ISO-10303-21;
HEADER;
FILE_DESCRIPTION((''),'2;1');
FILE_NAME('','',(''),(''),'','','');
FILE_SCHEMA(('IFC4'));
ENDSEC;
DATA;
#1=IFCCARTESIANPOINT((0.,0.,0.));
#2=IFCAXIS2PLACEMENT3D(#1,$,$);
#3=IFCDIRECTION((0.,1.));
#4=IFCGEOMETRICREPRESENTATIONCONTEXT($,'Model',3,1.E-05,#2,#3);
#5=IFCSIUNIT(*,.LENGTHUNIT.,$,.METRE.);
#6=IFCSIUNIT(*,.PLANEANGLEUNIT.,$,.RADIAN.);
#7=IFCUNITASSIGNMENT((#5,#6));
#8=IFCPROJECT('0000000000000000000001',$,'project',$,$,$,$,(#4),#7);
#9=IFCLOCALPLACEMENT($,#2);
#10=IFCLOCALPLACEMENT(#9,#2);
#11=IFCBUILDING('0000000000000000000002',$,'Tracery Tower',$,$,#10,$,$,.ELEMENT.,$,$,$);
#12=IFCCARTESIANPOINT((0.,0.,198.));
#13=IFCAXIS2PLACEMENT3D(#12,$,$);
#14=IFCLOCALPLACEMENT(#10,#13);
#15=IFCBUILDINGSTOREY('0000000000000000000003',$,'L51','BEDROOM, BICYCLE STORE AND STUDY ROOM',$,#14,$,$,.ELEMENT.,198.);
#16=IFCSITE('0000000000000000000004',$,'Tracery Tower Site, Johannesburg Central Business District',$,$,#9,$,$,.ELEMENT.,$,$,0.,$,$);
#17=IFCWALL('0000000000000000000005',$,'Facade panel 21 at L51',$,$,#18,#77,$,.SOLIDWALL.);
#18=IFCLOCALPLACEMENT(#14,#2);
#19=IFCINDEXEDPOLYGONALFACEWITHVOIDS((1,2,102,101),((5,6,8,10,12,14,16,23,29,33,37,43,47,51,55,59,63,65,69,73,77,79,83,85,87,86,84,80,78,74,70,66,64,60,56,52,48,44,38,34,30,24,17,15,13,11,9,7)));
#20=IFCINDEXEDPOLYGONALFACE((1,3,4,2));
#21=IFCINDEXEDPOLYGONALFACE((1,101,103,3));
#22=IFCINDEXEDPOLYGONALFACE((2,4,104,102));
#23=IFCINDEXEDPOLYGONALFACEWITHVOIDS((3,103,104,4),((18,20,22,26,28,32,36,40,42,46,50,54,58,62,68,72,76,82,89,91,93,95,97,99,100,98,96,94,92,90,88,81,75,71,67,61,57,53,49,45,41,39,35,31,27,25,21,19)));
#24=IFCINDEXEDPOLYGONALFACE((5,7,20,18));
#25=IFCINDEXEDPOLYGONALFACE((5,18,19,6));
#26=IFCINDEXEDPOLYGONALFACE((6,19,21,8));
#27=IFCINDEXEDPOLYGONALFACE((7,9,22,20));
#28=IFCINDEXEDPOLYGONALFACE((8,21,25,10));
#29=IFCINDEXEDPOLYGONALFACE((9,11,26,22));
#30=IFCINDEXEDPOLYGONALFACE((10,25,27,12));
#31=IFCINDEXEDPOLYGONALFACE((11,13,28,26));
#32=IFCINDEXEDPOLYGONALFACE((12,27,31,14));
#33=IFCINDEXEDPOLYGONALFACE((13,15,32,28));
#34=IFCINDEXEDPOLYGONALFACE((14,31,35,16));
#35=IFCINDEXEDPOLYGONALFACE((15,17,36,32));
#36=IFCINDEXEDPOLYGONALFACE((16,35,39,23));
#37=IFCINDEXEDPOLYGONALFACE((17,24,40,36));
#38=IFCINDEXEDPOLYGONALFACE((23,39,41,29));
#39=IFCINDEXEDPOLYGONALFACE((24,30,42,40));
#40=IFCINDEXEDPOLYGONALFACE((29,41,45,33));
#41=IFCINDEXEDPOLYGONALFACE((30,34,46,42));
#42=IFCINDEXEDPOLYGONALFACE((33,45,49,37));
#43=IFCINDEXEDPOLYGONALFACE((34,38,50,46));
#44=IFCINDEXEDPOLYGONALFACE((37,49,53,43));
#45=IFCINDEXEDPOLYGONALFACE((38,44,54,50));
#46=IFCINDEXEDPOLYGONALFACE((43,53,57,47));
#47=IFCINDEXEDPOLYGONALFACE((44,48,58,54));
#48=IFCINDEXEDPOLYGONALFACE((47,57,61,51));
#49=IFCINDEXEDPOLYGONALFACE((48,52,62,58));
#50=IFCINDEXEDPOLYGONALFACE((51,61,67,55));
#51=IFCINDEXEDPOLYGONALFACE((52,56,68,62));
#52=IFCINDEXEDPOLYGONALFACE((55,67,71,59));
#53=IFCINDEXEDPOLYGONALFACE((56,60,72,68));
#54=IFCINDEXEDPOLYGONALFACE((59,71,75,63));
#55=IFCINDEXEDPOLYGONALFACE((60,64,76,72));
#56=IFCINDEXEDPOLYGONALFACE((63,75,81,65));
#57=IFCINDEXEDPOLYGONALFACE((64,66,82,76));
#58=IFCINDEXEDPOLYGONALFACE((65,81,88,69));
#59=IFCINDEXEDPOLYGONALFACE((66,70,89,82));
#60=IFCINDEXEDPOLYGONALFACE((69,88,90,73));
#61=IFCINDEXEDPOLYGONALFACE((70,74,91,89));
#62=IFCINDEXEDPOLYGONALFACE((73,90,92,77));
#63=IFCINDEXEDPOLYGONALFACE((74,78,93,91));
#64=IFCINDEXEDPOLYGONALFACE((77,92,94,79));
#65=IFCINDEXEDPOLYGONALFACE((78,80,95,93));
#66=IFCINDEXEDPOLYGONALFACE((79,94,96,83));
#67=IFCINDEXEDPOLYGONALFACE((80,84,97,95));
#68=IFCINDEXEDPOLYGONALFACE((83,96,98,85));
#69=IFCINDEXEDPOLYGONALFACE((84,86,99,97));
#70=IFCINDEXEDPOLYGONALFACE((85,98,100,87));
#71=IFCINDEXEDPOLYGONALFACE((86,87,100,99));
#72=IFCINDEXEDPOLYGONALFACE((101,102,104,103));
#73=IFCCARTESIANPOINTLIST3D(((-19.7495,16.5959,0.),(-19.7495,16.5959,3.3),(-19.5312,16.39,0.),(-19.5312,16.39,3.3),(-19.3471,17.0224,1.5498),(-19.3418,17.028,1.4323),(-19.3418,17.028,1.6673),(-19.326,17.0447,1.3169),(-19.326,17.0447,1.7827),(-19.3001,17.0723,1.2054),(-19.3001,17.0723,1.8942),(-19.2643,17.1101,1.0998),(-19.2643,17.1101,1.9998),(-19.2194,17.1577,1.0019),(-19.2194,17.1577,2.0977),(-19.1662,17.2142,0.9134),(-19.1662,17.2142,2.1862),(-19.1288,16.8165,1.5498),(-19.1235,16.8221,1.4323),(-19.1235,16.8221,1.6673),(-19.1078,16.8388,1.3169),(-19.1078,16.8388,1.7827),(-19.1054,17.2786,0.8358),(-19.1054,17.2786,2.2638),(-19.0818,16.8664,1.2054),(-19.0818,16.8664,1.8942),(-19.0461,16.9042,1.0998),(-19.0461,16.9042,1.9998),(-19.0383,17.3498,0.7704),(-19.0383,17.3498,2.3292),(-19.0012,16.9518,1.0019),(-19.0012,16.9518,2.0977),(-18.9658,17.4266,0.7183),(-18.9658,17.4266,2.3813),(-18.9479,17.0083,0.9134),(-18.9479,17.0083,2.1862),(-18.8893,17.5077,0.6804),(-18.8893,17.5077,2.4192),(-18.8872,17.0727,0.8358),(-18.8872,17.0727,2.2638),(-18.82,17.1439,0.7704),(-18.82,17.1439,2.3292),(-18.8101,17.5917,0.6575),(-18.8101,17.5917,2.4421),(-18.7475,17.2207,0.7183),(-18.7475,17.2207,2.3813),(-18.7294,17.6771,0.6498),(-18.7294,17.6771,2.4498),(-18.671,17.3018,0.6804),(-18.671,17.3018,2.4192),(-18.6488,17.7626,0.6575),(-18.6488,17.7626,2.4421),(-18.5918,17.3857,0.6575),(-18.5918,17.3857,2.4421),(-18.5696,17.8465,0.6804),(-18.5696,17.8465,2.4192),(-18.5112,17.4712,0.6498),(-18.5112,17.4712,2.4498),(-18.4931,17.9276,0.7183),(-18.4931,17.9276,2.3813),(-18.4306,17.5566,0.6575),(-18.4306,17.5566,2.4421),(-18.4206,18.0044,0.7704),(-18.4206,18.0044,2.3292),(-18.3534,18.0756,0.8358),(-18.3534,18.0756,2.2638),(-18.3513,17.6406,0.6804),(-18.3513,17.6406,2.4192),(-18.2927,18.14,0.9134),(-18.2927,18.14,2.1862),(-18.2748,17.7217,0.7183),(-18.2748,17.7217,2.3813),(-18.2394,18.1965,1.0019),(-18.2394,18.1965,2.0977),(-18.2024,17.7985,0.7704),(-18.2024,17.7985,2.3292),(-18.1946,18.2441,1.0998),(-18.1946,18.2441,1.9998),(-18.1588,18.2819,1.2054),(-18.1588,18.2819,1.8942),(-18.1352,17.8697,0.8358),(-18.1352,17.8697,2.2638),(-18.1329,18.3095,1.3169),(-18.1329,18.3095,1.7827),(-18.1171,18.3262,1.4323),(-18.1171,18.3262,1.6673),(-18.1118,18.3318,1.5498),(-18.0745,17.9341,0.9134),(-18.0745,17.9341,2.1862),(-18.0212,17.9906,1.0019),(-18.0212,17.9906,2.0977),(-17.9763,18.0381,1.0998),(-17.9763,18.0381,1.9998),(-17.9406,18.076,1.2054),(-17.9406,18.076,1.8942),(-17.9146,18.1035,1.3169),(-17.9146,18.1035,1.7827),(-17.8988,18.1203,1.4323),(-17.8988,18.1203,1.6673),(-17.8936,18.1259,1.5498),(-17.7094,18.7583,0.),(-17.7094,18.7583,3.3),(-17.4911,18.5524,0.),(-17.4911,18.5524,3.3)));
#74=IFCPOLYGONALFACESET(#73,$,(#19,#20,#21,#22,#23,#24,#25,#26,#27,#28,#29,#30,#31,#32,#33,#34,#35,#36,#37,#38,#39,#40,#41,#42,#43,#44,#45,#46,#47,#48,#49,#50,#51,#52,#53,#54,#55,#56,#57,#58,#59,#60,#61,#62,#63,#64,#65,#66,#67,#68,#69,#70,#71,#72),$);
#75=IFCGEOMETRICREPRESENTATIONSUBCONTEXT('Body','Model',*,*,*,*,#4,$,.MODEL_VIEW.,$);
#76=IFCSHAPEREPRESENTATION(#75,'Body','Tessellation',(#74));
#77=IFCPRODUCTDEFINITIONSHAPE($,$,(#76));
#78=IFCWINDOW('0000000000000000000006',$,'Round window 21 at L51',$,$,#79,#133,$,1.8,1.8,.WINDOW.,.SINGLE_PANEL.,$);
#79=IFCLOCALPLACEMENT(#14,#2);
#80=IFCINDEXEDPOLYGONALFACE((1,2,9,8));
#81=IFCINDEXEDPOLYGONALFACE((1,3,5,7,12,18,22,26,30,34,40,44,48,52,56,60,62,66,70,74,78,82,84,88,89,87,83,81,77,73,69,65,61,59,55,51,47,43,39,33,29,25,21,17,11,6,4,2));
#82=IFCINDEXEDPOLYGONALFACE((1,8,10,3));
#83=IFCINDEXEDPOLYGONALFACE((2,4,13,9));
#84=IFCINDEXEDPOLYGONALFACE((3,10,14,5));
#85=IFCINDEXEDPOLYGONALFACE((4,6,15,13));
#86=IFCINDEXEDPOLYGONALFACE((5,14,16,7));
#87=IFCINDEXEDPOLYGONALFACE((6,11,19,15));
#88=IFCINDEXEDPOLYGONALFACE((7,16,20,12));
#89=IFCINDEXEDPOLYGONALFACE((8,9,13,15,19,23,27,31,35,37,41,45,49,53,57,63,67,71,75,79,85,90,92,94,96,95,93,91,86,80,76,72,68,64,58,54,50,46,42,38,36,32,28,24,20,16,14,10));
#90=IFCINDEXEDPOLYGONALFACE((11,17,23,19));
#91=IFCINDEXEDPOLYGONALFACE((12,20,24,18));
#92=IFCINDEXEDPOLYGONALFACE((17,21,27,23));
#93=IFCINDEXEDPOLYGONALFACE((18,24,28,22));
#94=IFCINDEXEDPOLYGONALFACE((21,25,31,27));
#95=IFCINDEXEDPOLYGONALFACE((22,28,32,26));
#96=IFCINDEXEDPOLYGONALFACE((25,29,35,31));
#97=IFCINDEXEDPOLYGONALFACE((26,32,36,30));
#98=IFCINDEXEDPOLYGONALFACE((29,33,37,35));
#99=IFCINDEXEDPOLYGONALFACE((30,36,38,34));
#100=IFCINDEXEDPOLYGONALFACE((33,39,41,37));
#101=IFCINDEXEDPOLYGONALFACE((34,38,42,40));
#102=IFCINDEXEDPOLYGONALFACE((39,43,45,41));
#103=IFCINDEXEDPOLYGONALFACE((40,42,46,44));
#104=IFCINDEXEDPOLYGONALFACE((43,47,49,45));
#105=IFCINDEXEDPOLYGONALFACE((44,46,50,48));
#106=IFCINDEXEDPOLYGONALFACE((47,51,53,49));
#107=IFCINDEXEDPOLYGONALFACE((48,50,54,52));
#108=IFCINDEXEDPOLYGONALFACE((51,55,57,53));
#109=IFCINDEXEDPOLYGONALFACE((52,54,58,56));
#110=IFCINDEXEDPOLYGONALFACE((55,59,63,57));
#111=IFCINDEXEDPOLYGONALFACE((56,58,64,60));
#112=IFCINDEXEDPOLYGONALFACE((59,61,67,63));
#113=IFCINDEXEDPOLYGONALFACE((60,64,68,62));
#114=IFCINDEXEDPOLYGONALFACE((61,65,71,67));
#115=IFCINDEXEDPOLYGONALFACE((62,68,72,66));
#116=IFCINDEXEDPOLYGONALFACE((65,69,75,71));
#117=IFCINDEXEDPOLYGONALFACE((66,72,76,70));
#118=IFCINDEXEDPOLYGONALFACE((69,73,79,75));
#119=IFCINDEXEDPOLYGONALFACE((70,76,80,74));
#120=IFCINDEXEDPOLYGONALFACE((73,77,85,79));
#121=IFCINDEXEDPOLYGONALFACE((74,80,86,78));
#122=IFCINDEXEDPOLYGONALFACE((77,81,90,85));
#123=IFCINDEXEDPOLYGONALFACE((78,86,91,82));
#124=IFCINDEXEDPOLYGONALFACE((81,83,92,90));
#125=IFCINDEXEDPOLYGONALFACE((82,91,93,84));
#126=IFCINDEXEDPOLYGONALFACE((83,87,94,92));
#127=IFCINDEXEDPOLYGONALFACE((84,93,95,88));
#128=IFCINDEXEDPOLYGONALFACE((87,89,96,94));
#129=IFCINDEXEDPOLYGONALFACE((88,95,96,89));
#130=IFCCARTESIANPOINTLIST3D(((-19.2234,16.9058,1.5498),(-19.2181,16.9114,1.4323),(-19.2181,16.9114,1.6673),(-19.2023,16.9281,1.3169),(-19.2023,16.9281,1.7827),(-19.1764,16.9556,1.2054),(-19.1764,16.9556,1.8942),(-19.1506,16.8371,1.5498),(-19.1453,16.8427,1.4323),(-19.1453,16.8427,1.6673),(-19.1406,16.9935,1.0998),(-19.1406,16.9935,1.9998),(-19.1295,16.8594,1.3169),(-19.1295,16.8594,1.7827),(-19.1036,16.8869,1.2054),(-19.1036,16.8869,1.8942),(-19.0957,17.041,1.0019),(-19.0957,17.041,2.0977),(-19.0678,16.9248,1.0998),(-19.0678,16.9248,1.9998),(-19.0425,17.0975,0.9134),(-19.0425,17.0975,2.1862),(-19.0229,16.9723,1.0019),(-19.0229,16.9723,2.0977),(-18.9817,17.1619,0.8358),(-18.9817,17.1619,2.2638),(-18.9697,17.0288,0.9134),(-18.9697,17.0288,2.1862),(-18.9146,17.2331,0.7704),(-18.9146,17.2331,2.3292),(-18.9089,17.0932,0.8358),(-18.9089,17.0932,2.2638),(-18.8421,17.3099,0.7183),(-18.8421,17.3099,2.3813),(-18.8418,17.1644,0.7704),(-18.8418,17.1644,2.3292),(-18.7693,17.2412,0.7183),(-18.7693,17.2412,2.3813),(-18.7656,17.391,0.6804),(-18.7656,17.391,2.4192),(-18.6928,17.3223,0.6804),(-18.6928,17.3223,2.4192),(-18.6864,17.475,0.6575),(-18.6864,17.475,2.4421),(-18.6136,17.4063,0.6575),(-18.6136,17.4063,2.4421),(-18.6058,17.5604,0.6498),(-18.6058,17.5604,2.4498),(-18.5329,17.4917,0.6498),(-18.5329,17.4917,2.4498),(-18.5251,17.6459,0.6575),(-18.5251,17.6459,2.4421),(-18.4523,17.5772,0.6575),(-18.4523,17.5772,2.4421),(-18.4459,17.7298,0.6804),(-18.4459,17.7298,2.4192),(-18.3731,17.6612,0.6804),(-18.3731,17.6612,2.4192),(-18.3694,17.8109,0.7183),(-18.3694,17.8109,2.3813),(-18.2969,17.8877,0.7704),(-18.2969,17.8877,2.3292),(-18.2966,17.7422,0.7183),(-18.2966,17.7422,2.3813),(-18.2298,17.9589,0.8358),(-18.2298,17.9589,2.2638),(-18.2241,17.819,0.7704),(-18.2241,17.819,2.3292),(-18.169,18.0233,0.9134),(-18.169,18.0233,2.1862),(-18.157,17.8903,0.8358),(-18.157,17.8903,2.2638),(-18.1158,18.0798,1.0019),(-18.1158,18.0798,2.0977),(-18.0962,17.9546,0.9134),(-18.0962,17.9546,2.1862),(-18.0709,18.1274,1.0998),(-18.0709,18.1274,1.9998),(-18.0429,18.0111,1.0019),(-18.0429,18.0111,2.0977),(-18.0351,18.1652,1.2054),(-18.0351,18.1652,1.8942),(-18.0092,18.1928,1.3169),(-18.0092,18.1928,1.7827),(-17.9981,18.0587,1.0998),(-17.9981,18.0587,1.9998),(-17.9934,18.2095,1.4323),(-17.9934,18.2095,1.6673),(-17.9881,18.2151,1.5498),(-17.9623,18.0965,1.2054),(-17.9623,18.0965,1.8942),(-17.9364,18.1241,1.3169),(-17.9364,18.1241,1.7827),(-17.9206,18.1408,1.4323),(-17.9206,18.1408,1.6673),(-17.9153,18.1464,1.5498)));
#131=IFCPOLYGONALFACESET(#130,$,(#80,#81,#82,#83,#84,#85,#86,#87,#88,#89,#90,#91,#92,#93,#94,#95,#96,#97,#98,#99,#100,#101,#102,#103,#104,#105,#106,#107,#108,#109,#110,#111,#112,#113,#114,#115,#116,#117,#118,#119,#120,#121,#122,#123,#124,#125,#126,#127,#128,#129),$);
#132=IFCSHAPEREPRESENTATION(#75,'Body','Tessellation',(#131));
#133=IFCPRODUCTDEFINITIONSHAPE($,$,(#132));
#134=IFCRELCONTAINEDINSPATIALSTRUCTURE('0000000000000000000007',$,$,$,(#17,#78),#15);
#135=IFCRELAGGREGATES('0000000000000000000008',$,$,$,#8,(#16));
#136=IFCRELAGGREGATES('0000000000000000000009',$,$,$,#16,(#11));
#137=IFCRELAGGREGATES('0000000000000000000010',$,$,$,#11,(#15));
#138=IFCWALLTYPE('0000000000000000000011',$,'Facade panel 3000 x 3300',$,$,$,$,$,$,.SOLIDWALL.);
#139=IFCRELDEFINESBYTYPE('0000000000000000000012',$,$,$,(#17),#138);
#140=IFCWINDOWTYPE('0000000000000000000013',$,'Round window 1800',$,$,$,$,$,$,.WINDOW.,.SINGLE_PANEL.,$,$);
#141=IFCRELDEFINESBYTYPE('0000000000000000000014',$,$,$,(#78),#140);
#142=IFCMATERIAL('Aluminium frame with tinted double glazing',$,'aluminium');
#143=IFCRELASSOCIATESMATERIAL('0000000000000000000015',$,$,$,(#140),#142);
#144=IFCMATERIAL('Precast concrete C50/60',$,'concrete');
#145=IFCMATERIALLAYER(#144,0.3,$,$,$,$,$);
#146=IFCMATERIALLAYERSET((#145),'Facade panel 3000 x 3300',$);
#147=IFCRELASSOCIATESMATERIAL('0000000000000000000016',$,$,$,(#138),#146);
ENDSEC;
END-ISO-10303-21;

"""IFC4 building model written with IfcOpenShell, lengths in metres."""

from ifc_helpers import new_model, si_unit, direction, frame, frame_2d, origin, origin_2d, place, context, subcontext, project, spatial, rectangle, circle, extrude, material, layer, layer_set, type_object, element, fill, save


model = new_model("IFC4")

# Units and contexts
model_context = context("Model", 3, precision=1e-05, world=origin(), true_north=direction((0.0, 1.0)))
body_context = subcontext(model_context, "Body", "Model", "MODEL_VIEW")
ifc_project = project(units=[si_unit("LENGTHUNIT", "METRE"), si_unit("PLANEANGLEUNIT", "RADIAN")], contexts=[model_context])

# Site, building, storey
site_placement = place(None, origin())
site = spatial("IfcSite", under=ifc_project, at=site_placement, Name="Tracery Tower Site, Johannesburg Central Business District", CompositionType="ELEMENT", RefElevation=0.0)
building_placement = place(site_placement, origin())
building = spatial("IfcBuilding", under=site, at=building_placement, Name="Tracery Tower", CompositionType="ELEMENT")
storey_placement = place(building_placement, frame((0.0, 0.0, 198.0)))
storey = spatial("IfcBuildingStorey", under=building, at=storey_placement, Name="L51", Description="BEDROOM, BICYCLE STORE AND STUDY ROOM", CompositionType="ELEMENT", Elevation=198.0)

# Wall, opening, window
ifc_material_1 = material(Name="Aluminium frame with tinted double glazing", Category="aluminium")
window_type = type_object("IfcWindowType", Name="Round window 1800", PartitioningType="SINGLE_PANEL", PredefinedType="WINDOW", material=ifc_material_1)
ifc_material_2 = material(Name="Precast concrete C50/60", Category="concrete")
ifc_layer_1 = layer(ifc_material_2, 0.3)
ifc_layer_set_1 = layer_set([ifc_layer_1], Name="Facade panel 3000 x 3300")
wall_type_1 = type_object("IfcWallType", Name="Facade panel 3000 x 3300", PredefinedType="SOLIDWALL", material=ifc_layer_set_1)
wall_1_placement = place(storey_placement, frame((-17.6003, 18.6553, 0.0), z_axis=(0.0, 0.0, 1.0), x_axis=(-0.686235, -0.72738, 0.0)))
wall_1 = element("IfcWall", 1, at=wall_1_placement, inside=storey, type_object=wall_type_1, Name="Facade panel 21 at L51", PredefinedType="SOLIDWALL", context=body_context, shape_type="SweptSolid", body=[
    extrude(rectangle(XDim=2.9729, YDim=0.3, at=frame_2d((1.4863, 0.0))), origin(), (0.0, 0.0, 1.0), 3.3),
])
opening_1_placement = place(wall_1_placement, frame((1.4863, 0.0, 1.5498)))
opening_1 = element("IfcOpeningElement", 2, at=opening_1_placement, cuts=wall_1, PredefinedType="OPENING", context=body_context, shape_type="SweptSolid", body=[
    extrude(circle(Radius=0.9, at=origin_2d()), frame((0.0, 0.1599, 0.0), z_axis=(0.0, -1.0, 0.0), x_axis=(1.0, 0.0, 0.0)), (0.0, 0.0, 1.0), 0.3201),
])
window_1_placement = place(opening_1_placement, origin())
window_1 = element("IfcWindow", 3, at=window_1_placement, inside=storey, type_object=window_type, Name="Round window 21 at L51", OverallHeight=1.8, OverallWidth=1.8, PartitioningType="SINGLE_PANEL", PredefinedType="WINDOW", context=body_context, shape_type="SweptSolid", body=[
    extrude(circle(Radius=0.9, at=origin_2d()), frame((0.0, 0.1201, 0.0), z_axis=(0.0, -1.0, 0.0), x_axis=(1.0, 0.0, 0.0)), (0.0, 0.0, 1.0), 0.1001),
])
fill(opening_1, window_1)

save(model, "model.ifc")
